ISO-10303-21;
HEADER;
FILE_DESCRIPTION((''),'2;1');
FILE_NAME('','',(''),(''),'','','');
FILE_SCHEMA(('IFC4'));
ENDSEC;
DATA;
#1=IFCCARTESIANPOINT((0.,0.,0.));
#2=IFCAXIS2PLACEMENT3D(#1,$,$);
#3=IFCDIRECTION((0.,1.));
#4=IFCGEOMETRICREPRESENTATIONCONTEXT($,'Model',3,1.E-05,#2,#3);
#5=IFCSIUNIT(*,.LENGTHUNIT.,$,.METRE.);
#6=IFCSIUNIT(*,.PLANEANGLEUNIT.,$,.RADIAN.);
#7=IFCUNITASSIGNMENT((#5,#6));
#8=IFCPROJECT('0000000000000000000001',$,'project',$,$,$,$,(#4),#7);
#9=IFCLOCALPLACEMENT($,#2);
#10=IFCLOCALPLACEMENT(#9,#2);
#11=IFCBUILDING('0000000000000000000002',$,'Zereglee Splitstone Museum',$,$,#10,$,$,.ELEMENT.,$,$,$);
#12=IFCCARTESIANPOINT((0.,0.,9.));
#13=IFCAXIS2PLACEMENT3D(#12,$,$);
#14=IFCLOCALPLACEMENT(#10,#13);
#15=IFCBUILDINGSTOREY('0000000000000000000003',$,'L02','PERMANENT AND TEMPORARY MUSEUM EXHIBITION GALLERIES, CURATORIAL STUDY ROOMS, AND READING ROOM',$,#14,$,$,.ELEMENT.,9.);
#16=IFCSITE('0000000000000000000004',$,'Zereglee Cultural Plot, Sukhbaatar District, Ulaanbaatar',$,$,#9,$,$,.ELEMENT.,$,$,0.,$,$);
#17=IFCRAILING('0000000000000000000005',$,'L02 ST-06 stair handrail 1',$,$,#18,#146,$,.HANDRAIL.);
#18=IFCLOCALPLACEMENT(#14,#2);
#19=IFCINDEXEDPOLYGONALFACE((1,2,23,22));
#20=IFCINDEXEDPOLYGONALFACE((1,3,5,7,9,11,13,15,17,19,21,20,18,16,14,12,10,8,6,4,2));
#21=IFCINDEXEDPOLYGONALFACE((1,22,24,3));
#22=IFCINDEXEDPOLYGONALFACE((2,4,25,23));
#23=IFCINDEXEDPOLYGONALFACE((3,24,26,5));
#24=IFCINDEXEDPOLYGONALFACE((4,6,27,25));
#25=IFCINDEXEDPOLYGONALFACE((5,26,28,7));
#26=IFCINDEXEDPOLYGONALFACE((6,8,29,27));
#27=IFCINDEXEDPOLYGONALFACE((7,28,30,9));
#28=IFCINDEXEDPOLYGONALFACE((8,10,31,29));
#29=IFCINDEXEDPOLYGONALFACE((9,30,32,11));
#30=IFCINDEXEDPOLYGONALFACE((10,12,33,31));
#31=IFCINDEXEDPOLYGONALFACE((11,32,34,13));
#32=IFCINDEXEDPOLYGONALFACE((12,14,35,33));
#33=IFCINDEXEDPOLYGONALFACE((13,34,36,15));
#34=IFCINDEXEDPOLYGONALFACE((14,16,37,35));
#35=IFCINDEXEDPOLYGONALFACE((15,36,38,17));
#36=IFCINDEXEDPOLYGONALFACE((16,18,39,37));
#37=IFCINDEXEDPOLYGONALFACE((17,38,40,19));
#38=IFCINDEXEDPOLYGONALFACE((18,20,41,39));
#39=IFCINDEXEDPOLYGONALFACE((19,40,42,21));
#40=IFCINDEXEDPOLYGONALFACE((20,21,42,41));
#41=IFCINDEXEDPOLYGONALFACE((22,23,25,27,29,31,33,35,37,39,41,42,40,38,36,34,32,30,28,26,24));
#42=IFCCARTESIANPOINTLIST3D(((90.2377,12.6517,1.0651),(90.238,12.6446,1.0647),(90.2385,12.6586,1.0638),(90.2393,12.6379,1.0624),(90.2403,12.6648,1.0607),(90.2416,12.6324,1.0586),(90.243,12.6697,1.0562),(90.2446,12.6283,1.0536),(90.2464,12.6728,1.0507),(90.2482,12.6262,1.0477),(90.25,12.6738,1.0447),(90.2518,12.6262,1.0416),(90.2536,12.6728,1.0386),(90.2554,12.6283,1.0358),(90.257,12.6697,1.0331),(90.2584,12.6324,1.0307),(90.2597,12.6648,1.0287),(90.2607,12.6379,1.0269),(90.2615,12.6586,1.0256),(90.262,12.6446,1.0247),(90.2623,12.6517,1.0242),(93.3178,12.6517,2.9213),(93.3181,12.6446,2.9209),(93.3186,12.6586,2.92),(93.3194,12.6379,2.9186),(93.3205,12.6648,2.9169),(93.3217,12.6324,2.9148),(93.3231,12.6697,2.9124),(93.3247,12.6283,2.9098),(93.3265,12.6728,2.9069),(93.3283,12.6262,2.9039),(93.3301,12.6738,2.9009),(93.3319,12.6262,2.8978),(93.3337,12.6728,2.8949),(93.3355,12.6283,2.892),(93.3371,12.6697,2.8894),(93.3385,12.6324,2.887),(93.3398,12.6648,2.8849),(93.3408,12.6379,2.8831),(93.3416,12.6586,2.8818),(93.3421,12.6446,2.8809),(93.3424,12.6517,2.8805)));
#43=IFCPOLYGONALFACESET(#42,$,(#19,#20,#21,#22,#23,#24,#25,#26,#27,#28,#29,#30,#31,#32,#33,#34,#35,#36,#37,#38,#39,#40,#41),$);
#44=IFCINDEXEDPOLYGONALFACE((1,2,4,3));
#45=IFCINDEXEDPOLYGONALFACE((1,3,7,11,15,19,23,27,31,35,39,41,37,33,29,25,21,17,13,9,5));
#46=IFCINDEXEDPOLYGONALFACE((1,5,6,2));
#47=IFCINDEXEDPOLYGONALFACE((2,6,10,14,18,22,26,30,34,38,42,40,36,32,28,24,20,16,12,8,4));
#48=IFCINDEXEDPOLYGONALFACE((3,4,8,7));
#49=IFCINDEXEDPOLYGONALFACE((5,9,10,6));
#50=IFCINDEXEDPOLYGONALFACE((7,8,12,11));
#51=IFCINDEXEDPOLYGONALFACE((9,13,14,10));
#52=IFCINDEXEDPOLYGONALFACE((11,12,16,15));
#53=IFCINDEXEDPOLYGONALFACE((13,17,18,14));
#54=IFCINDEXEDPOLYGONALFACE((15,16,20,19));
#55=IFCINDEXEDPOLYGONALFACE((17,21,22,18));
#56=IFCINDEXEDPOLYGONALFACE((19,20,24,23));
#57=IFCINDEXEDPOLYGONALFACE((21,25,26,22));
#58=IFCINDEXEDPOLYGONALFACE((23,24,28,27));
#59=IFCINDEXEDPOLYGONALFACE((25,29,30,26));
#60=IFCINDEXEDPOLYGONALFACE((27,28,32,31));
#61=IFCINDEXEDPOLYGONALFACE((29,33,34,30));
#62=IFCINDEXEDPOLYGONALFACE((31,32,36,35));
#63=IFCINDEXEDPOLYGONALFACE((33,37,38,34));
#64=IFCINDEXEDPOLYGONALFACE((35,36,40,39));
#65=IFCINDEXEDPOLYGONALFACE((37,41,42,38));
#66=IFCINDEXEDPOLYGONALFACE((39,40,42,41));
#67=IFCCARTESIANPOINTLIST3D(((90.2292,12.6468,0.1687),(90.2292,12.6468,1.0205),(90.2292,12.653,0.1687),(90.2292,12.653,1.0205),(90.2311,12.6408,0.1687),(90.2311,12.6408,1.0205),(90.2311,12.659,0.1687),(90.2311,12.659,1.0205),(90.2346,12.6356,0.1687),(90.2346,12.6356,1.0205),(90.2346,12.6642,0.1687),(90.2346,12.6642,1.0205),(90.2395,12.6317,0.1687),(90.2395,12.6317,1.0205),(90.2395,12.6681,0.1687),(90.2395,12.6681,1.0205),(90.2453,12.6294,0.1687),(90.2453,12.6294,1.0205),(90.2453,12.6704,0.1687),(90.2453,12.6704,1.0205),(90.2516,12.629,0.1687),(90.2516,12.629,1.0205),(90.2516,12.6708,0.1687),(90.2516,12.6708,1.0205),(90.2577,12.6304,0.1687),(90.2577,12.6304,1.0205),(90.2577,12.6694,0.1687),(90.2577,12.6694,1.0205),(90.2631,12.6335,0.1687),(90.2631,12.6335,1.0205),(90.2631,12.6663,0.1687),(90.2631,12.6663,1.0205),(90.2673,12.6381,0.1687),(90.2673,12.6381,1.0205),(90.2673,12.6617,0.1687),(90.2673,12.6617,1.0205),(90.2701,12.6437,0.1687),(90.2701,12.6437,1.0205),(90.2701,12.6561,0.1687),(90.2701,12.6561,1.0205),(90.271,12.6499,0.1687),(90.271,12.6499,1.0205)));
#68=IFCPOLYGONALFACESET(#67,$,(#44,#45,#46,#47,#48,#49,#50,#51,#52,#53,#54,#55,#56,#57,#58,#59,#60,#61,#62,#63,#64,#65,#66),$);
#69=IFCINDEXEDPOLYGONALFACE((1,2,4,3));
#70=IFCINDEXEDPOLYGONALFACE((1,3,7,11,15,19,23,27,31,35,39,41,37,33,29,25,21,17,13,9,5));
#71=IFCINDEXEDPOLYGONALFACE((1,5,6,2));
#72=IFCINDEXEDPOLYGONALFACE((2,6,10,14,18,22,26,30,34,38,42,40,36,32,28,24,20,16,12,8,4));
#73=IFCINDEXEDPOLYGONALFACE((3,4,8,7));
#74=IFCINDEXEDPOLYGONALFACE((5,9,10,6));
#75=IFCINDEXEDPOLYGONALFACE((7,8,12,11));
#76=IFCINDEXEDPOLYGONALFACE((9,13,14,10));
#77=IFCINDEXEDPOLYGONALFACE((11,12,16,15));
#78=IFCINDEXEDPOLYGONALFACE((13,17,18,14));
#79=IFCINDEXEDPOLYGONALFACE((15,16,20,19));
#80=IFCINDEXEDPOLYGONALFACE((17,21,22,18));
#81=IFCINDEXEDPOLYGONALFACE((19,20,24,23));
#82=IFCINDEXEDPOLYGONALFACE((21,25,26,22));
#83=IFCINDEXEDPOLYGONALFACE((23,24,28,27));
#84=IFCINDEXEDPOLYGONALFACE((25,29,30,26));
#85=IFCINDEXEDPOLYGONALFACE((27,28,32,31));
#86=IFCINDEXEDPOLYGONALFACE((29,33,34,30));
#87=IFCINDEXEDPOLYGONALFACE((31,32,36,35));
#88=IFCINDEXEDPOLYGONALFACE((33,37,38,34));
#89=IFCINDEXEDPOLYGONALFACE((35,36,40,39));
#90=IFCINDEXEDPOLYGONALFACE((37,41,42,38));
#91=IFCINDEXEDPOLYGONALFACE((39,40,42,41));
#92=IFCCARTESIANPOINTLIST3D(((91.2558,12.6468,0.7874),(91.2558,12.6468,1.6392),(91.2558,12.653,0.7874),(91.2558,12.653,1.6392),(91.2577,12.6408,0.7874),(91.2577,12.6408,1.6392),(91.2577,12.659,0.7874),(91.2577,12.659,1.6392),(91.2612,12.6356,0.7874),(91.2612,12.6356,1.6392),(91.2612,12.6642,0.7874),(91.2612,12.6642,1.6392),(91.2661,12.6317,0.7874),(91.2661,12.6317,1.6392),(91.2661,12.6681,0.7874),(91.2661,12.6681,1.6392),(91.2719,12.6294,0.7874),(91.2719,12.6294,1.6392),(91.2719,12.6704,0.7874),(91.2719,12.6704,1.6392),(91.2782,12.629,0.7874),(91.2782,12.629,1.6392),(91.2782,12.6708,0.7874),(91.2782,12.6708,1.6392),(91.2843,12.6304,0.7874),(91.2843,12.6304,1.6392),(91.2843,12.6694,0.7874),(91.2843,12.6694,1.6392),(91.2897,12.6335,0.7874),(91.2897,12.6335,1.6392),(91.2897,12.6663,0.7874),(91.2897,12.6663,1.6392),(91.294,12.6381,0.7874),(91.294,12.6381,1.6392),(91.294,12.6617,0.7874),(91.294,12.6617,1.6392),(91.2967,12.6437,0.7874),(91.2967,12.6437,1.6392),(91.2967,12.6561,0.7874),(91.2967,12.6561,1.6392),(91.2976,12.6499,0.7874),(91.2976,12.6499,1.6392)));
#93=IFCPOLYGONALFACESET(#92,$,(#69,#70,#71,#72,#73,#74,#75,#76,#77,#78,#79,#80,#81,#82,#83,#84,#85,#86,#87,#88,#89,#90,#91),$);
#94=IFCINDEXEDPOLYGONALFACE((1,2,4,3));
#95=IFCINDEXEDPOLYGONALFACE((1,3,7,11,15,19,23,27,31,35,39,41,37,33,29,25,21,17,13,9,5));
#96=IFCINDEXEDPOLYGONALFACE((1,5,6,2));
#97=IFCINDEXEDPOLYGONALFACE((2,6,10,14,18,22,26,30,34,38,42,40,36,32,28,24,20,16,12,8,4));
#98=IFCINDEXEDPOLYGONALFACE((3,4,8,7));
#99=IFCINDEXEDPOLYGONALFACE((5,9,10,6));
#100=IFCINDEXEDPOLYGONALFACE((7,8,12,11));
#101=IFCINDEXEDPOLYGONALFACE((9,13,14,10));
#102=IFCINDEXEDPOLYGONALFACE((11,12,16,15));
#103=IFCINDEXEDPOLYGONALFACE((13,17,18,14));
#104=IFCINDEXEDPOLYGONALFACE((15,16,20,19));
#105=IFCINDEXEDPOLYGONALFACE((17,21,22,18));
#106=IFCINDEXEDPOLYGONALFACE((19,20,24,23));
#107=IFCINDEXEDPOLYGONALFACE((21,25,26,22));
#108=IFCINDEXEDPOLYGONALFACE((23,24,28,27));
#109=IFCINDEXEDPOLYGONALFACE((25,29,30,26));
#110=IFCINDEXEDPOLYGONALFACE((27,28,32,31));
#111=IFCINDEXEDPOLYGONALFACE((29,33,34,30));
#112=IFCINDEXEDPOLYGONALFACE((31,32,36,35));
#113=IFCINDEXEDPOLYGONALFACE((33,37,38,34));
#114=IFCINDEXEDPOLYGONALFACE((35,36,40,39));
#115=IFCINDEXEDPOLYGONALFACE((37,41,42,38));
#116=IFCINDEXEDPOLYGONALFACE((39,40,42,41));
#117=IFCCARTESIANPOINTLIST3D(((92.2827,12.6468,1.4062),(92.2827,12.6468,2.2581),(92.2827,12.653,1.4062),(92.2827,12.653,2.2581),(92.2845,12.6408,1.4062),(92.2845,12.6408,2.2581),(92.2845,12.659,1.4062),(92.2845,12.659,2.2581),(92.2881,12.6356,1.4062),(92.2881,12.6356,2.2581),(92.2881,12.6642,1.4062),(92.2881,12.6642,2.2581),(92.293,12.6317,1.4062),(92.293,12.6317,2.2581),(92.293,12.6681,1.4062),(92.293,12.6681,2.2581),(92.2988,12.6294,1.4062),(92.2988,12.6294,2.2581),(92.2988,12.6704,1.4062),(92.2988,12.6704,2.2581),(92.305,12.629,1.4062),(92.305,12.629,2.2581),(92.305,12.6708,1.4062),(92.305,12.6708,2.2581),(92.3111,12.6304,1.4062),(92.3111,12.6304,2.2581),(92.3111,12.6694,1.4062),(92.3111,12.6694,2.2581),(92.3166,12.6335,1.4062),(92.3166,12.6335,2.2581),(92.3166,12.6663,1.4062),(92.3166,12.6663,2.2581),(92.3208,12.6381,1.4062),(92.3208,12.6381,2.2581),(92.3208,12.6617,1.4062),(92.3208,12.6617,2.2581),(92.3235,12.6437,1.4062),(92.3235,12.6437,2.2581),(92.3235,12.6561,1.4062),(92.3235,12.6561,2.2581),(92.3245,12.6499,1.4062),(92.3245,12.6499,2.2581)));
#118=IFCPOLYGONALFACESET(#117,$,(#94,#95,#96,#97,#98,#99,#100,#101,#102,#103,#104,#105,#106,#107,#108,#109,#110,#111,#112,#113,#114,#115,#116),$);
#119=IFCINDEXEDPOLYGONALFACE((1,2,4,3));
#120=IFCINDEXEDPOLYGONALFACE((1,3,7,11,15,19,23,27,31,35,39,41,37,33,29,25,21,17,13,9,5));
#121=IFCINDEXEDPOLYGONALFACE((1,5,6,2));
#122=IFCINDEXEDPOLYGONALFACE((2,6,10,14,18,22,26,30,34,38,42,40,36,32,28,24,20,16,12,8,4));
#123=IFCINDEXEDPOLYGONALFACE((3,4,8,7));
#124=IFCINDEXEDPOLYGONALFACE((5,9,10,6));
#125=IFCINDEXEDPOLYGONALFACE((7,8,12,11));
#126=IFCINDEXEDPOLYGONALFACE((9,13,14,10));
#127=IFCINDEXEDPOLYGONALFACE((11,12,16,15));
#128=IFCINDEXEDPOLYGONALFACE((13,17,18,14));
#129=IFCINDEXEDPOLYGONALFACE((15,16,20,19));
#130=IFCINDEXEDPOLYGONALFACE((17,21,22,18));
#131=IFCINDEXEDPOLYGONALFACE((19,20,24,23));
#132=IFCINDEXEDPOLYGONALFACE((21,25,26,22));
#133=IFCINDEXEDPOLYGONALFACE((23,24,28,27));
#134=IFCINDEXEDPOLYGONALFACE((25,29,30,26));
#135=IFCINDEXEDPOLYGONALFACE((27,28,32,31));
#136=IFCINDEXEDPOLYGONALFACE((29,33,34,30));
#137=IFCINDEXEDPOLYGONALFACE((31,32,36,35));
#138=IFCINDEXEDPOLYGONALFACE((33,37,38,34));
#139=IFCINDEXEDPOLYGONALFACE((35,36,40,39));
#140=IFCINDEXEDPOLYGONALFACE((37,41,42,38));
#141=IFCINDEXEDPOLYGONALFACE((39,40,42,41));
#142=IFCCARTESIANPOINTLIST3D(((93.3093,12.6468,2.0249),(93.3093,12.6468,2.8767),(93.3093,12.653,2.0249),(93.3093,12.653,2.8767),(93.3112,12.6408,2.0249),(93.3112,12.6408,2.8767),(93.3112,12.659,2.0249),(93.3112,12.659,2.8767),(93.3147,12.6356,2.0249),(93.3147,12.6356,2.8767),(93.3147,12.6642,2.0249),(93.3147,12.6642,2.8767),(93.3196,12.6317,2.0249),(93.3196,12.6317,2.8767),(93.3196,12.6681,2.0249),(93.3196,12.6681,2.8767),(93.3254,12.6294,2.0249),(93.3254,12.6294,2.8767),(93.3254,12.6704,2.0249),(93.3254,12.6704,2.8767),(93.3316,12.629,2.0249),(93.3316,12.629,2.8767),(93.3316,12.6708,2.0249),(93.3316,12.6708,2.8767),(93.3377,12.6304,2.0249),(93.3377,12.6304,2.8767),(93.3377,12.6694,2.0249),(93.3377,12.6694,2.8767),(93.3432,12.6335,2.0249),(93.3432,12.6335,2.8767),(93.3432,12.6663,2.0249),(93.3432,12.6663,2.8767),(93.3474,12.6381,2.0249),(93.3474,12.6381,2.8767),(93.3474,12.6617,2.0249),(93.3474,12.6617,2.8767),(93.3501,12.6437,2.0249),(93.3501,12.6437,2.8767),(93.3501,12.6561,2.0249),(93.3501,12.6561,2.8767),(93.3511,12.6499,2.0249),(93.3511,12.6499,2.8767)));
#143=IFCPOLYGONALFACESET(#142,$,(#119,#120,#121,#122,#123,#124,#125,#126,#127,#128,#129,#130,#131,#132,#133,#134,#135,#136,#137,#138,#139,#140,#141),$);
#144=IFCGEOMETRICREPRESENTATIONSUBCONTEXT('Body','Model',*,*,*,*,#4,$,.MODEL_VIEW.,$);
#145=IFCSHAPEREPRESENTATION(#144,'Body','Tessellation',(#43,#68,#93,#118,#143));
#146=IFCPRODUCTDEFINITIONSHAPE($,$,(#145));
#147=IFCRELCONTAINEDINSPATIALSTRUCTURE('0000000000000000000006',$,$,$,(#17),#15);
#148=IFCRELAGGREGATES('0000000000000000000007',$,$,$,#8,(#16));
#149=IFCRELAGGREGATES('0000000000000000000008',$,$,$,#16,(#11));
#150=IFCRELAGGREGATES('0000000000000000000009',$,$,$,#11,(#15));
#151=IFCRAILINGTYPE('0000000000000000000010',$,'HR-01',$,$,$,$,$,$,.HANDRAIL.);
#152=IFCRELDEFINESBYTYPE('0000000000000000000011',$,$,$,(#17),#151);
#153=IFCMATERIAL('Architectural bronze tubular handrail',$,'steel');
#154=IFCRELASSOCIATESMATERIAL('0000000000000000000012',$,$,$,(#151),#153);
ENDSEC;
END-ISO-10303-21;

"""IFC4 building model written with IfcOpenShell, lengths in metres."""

from ifc_helpers import new_model, si_unit, direction, frame, origin, origin_2d, place, context, subcontext, project, spatial, circle, extrude, material, type_object, element, save


model = new_model("IFC4")

# Units and contexts
model_context = context("Model", 3, precision=1e-05, world=origin(), true_north=direction((0.0, 1.0)))
body_context = subcontext(model_context, "Body", "Model", "MODEL_VIEW")
ifc_project = project(units=[si_unit("LENGTHUNIT", "METRE"), si_unit("PLANEANGLEUNIT", "RADIAN")], contexts=[model_context])

# Site, building, storey
site_placement = place(None, origin())
site = spatial("IfcSite", under=ifc_project, at=site_placement, Name="Zereglee Cultural Plot, Sukhbaatar District, Ulaanbaatar", CompositionType="ELEMENT", RefElevation=0.0)
building_placement = place(site_placement, origin())
building = spatial("IfcBuilding", under=site, at=building_placement, Name="Zereglee Splitstone Museum", CompositionType="ELEMENT")
storey_placement = place(building_placement, frame((0.0, 0.0, 9.0)))
storey = spatial("IfcBuildingStorey", under=building, at=storey_placement, Name="L02", Description="PERMANENT AND TEMPORARY MUSEUM EXHIBITION GALLERIES, CURATORIAL STUDY ROOMS, AND READING ROOM", CompositionType="ELEMENT", Elevation=9.0)

# Railing
ifc_material_1 = material(Name="Architectural bronze tubular handrail", Category="steel")
railing_type_1 = type_object("IfcRailingType", Name="HR-01", PredefinedType="HANDRAIL", material=ifc_material_1)
railing_1_placement = place(storey_placement, frame((90.25, 12.6499, 0.1687)))
element("IfcRailing", 1, at=railing_1_placement, inside=storey, type_object=railing_type_1, Name="L02 ST-06 stair handrail 1", PredefinedType="HANDRAIL", context=body_context, shape_type="SweptSolid", body=[
    extrude(circle(Radius=0.0239, at=origin_2d()), frame((0.0, 0.0, 0.876), z_axis=(0.856491, 0.0, 0.516162), x_axis=(0.0, 1.0, 0.0)), (0.0, 0.0, 1.0), 3.5962),
    extrude(circle(Radius=0.021, at=origin_2d()), origin(), (0.0, 0.0, 1.0), 0.8518),
    extrude(circle(Radius=0.021, at=origin_2d()), frame((1.0266, 0.0, 0.6187)), (0.0, 0.0, 1.0), 0.8518),
    extrude(circle(Radius=0.021, at=origin_2d()), frame((2.0535, 0.0, 1.2375)), (0.0, 0.0, 1.0), 0.8518),
    extrude(circle(Radius=0.021, at=origin_2d()), frame((3.0801, 0.0, 1.8562)), (0.0, 0.0, 1.0), 0.8518),
])

save(model, "model.ifc")
